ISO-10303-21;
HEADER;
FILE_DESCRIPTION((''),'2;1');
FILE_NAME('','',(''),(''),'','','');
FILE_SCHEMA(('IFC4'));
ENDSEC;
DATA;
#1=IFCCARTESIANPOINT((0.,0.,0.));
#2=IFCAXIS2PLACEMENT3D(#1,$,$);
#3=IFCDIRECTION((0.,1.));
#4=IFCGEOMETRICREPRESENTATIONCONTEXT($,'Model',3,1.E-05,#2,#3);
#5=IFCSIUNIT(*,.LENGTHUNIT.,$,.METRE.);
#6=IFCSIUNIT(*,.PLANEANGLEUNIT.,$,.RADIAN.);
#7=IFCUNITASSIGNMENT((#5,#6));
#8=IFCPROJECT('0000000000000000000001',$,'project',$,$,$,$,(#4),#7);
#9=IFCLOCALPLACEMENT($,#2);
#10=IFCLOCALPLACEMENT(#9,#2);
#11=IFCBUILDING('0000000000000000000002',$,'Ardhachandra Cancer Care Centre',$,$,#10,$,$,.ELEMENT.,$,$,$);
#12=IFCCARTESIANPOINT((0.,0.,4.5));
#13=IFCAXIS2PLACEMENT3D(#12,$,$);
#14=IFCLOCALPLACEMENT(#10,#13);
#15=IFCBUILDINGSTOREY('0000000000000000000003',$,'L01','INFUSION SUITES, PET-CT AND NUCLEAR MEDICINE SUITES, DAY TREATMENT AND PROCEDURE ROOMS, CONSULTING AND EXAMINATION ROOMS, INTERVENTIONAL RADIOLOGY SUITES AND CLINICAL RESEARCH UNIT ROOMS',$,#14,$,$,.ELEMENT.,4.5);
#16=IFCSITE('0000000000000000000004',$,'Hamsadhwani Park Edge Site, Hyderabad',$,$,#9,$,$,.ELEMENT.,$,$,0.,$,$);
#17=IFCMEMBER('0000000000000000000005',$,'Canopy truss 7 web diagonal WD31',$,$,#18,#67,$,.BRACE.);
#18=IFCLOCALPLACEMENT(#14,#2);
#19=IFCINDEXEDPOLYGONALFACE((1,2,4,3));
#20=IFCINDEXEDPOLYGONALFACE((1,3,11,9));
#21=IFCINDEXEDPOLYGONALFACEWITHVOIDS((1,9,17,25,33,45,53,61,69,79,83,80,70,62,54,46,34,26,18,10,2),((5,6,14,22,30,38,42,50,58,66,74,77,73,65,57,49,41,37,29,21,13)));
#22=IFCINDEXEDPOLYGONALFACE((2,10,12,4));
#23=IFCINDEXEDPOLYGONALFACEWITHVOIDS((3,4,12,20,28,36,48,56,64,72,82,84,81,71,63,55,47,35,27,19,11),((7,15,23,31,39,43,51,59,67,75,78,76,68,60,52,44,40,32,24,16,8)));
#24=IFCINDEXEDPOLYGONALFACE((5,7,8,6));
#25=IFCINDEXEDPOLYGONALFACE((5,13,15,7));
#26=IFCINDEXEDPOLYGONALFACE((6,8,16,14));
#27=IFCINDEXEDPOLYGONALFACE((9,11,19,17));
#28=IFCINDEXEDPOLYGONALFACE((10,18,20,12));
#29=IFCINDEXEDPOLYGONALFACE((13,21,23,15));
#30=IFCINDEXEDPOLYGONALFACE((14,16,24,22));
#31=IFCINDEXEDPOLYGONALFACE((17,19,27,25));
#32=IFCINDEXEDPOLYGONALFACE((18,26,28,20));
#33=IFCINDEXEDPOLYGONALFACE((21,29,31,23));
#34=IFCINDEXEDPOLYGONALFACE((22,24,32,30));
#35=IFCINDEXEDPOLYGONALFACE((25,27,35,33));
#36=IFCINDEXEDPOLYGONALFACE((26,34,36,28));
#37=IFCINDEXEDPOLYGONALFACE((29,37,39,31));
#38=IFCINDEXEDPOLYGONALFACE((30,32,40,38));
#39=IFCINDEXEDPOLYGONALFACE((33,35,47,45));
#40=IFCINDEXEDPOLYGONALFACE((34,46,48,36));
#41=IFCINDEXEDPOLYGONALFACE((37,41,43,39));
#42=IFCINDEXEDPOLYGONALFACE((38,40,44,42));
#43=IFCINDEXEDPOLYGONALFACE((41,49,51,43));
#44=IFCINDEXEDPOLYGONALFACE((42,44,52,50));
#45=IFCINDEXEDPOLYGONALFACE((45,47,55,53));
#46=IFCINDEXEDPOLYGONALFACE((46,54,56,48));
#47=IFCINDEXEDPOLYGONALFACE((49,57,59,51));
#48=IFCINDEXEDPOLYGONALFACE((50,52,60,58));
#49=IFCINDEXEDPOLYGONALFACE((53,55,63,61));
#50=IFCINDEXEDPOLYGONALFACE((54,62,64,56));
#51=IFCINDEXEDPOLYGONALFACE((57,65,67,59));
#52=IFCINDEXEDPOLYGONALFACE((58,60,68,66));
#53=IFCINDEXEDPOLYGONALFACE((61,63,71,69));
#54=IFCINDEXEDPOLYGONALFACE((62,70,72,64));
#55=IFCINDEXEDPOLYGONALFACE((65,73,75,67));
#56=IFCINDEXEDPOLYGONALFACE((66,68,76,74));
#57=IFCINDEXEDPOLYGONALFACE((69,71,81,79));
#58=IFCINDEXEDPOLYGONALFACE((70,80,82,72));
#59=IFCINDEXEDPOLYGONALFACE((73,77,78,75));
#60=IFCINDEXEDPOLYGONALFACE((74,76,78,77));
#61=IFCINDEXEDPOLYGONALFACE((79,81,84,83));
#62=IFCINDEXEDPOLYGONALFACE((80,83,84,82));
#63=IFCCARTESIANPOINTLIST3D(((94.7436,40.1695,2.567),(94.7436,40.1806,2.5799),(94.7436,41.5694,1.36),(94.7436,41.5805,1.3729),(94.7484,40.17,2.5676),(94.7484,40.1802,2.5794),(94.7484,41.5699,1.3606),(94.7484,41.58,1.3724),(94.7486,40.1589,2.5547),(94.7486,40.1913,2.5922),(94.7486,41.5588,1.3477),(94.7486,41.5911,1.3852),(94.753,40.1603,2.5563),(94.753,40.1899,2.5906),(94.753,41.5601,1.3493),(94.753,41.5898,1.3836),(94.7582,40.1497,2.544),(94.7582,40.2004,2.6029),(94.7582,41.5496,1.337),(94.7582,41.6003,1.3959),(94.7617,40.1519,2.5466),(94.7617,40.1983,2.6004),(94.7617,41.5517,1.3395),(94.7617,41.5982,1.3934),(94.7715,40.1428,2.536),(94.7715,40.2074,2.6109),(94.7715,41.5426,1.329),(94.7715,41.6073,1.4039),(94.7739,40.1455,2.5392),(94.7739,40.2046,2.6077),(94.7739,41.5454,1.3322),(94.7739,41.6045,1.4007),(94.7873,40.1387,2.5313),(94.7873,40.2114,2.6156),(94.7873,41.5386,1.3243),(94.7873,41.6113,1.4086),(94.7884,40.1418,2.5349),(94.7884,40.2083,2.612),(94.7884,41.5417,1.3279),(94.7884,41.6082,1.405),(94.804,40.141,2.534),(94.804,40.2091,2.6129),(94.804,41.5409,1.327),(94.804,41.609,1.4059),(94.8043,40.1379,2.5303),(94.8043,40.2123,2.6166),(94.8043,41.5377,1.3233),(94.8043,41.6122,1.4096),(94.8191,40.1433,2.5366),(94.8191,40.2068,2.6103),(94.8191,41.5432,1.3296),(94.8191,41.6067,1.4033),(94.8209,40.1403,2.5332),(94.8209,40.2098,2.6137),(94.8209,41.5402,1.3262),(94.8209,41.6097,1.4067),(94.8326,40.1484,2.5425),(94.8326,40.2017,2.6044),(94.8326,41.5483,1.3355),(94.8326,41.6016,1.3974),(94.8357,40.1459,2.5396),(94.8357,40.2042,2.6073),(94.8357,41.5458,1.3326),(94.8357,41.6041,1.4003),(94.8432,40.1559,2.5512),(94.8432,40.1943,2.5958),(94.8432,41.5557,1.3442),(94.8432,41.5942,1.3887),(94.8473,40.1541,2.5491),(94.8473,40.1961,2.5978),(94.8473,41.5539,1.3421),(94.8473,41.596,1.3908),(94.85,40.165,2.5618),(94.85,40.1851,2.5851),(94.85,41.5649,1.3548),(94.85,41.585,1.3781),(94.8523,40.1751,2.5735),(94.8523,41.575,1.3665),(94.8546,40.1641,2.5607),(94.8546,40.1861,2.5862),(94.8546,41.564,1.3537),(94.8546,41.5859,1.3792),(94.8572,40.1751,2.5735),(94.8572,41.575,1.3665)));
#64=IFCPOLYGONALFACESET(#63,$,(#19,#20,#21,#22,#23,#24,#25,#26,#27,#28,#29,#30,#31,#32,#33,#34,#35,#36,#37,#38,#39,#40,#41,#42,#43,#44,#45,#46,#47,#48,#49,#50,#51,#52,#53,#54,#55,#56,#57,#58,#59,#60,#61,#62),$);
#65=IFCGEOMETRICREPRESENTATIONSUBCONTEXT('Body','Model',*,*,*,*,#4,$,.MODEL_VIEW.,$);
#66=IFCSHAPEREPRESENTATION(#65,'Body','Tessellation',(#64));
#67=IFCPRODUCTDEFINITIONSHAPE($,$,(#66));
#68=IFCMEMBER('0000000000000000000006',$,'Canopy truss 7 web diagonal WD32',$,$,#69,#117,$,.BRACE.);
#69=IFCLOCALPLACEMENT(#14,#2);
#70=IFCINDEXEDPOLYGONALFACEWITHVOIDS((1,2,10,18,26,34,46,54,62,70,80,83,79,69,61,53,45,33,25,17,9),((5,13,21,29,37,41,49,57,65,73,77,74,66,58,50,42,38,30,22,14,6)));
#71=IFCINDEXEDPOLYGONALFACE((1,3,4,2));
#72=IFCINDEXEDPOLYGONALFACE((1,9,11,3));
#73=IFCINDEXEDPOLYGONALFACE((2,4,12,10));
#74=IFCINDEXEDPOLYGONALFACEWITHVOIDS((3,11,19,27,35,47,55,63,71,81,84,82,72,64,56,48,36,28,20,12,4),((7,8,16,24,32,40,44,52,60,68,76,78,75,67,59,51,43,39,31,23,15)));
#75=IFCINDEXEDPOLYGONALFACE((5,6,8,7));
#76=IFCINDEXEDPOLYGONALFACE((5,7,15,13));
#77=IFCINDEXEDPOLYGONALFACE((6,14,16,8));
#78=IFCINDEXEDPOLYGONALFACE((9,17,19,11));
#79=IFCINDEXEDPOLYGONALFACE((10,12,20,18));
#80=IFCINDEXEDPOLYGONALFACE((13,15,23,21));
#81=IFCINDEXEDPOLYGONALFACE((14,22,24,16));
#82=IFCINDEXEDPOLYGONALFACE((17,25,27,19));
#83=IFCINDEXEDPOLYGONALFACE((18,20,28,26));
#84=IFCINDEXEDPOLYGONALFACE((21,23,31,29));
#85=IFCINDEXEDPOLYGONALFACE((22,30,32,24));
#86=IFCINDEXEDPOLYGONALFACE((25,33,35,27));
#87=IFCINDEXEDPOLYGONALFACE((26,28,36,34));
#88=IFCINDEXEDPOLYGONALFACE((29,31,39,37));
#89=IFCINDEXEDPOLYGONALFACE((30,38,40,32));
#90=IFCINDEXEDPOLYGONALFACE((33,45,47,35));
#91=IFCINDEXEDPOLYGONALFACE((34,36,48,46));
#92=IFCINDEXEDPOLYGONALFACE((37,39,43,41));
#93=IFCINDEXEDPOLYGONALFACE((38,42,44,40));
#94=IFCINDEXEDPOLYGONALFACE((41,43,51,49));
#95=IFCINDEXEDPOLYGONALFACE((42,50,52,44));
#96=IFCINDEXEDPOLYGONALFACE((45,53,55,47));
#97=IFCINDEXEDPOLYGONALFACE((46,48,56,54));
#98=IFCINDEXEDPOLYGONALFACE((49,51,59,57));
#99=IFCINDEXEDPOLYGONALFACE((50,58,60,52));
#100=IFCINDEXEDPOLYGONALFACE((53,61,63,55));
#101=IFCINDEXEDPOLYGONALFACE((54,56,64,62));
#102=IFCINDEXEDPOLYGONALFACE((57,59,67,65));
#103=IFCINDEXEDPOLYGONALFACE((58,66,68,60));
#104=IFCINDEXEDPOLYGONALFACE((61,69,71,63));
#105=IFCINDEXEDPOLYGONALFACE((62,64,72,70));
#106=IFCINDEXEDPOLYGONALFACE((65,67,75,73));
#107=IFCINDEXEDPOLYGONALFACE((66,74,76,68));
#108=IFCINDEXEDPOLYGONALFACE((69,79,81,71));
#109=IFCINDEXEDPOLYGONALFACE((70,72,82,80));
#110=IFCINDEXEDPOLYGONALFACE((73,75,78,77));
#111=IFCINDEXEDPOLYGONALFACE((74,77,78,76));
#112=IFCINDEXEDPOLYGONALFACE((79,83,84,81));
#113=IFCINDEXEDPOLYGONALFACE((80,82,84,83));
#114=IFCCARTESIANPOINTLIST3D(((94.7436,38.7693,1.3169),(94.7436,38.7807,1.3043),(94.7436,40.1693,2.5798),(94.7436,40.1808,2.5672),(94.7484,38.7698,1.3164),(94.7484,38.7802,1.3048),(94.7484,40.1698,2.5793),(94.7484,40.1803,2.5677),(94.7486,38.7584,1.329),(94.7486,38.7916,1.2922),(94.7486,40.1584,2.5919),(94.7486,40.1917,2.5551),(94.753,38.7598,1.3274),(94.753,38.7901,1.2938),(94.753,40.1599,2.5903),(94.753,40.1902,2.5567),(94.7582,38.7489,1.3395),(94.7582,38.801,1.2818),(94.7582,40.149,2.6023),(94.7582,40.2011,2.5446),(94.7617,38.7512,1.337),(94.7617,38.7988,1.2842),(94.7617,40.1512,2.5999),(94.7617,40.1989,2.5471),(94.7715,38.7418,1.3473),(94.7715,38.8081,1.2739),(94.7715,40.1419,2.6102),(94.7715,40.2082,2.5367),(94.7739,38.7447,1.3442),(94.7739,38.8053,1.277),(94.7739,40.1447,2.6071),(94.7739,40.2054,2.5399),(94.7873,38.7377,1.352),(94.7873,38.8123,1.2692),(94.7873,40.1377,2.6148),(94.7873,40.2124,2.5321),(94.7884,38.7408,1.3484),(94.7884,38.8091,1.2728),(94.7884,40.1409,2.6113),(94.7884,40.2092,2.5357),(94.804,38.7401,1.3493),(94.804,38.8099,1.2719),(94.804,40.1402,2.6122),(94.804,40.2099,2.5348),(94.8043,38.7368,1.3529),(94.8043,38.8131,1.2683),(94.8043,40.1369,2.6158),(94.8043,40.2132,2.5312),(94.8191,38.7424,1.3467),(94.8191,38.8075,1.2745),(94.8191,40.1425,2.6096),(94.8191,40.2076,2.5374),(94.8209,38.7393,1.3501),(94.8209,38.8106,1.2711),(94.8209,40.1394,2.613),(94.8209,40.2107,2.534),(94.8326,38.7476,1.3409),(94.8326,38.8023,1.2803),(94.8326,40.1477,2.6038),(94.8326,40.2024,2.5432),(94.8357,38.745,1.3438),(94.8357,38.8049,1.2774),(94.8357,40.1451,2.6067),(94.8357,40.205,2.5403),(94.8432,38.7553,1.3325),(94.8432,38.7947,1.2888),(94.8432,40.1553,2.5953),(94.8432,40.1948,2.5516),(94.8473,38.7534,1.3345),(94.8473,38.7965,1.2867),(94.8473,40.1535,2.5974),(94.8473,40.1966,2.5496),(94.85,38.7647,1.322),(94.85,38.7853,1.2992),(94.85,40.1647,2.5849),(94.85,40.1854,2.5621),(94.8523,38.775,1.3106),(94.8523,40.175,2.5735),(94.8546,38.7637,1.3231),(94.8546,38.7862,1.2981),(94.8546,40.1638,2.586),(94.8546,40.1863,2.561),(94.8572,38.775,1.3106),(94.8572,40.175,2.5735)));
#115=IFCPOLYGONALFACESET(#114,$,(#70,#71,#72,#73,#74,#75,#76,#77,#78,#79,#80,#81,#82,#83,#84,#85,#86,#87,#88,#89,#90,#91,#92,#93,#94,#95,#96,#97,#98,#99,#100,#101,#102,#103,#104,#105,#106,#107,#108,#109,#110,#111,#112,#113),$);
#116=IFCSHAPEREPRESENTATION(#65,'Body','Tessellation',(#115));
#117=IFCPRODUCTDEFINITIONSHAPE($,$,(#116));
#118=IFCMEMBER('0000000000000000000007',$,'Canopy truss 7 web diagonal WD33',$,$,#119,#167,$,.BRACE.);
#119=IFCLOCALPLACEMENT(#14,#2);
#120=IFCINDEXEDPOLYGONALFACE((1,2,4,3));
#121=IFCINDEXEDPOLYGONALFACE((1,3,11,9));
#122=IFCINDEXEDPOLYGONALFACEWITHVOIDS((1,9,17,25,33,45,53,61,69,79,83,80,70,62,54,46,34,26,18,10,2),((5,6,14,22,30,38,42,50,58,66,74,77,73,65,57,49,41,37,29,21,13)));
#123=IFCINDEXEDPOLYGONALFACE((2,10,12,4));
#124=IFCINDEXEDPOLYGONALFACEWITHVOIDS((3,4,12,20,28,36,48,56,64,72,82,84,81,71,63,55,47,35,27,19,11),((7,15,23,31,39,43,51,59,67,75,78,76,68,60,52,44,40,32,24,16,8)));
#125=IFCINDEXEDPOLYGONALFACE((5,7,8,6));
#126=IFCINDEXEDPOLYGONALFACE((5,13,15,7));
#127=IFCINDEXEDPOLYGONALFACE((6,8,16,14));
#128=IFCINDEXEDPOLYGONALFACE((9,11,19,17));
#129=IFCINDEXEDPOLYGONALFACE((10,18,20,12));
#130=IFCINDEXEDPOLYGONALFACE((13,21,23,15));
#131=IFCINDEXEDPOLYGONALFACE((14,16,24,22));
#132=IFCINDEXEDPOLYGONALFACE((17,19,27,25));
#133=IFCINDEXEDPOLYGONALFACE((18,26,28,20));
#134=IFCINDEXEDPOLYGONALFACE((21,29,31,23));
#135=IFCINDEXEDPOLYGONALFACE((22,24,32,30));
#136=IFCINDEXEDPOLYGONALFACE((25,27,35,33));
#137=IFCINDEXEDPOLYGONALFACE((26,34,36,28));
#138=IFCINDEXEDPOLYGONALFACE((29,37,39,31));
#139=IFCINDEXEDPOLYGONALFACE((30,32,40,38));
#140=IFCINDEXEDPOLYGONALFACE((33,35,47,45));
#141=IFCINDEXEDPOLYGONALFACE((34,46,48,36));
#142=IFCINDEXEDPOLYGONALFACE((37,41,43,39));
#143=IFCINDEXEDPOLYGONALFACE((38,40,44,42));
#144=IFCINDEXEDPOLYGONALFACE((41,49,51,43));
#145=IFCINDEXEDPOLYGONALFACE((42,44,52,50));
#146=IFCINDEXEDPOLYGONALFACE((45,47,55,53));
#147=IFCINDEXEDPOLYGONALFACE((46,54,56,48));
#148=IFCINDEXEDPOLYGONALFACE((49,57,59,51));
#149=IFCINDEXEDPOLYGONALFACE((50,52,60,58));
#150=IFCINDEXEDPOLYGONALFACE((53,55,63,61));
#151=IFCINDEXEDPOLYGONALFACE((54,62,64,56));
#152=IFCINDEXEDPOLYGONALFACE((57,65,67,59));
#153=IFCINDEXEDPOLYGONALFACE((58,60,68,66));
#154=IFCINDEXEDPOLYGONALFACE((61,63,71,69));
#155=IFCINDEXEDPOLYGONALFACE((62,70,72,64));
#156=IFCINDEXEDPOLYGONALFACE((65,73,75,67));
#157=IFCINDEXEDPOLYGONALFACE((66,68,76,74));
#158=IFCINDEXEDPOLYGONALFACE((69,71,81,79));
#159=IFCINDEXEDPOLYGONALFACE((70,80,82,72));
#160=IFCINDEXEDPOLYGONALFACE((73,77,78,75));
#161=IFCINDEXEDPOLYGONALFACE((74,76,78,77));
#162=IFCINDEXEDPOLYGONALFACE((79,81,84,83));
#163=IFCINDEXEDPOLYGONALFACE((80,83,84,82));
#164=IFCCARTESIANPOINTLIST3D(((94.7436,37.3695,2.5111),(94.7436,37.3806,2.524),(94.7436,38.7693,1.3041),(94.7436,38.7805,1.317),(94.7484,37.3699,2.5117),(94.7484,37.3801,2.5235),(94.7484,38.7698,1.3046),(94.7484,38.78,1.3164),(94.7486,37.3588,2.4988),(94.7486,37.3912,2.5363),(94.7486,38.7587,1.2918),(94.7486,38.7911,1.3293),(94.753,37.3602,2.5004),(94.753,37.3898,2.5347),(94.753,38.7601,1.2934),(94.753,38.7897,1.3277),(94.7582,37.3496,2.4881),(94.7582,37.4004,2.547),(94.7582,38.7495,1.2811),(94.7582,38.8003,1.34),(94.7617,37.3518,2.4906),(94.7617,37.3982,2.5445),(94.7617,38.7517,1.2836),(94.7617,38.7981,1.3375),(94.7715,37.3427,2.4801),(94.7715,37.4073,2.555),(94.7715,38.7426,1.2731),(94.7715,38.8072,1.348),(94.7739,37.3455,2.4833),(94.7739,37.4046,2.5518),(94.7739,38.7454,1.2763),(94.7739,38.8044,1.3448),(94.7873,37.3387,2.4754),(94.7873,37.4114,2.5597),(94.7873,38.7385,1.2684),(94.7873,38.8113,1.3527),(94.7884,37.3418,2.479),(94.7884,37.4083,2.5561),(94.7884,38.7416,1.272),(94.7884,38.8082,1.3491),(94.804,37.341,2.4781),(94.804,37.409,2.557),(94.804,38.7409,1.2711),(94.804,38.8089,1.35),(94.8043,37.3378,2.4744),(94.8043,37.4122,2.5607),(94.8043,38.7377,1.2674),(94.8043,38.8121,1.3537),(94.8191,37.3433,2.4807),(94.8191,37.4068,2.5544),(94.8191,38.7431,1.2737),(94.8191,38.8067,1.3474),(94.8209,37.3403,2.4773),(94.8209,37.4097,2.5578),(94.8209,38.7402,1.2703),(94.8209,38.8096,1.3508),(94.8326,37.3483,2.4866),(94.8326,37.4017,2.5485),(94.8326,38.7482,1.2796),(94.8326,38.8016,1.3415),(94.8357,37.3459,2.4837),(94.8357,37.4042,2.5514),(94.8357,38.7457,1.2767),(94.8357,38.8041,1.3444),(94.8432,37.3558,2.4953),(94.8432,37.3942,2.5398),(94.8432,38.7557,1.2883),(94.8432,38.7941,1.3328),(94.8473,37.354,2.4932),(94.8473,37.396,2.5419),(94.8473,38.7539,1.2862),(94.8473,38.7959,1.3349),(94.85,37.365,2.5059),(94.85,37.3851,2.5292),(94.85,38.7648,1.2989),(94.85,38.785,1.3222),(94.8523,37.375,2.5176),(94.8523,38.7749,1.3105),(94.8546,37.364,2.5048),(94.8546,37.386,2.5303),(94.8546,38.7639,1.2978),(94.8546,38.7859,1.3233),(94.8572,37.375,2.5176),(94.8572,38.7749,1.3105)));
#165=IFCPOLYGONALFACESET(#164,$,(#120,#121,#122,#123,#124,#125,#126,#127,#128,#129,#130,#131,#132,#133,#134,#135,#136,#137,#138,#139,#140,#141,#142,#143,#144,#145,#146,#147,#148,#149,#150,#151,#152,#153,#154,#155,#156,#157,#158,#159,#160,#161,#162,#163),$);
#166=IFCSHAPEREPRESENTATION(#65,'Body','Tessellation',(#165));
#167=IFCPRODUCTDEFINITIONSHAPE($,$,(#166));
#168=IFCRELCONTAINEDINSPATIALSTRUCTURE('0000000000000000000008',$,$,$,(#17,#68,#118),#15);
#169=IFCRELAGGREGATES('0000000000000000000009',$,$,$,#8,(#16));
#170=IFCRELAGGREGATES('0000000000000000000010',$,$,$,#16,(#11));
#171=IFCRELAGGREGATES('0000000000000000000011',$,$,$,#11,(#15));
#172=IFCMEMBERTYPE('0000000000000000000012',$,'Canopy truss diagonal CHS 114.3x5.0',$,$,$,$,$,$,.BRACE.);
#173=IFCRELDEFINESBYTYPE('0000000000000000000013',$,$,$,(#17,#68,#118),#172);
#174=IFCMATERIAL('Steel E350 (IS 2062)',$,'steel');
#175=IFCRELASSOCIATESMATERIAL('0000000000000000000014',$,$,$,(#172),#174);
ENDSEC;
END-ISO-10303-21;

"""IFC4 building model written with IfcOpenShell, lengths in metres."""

from ifc_helpers import new_model, si_unit, direction, frame, origin, origin_2d, place, context, subcontext, project, spatial, hollow_circle, extrude, material, material_profile, profile_set, type_object, element, save


model = new_model("IFC4")

# Units and contexts
model_context = context("Model", 3, precision=1e-05, world=origin(), true_north=direction((0.0, 1.0)))
body_context = subcontext(model_context, "Body", "Model", "MODEL_VIEW")
ifc_project = project(units=[si_unit("LENGTHUNIT", "METRE"), si_unit("PLANEANGLEUNIT", "RADIAN")], contexts=[model_context])

# Site, building, storey
site_placement = place(None, origin())
site = spatial("IfcSite", under=ifc_project, at=site_placement, Name="Hamsadhwani Park Edge Site, Hyderabad", CompositionType="ELEMENT", RefElevation=0.0)
building_placement = place(site_placement, origin())
building = spatial("IfcBuilding", under=site, at=building_placement, Name="Ardhachandra Cancer Care Centre", CompositionType="ELEMENT")
storey_placement = place(building_placement, frame((0.0, 0.0, 4.5)))
storey = spatial("IfcBuildingStorey", under=building, at=storey_placement, Name="L01", Description="INFUSION SUITES, PET-CT AND NUCLEAR MEDICINE SUITES, DAY TREATMENT AND PROCEDURE ROOMS, CONSULTING AND EXAMINATION ROOMS, INTERVENTIONAL RADIOLOGY SUITES AND CLINICAL RESEARCH UNIT ROOMS", CompositionType="ELEMENT", Elevation=4.5)

# Members
ifc_material_1 = material(Name="Steel E350 (IS 2062)", Category="steel")
ifc_material_profile_1 = material_profile(ifc_material_1, hollow_circle(Radius=0.0571, WallThickness=0.0049, at=origin_2d()), Name="CHS 114.3x5.0")
ifc_profile_set_1 = profile_set([ifc_material_profile_1], Name="Steel E350 (IS 2062)")
member_type_1 = type_object("IfcMemberType", Name="Canopy truss diagonal CHS 114.3x5.0", PredefinedType="BRACE", material=ifc_profile_set_1)
member_1_placement = place(storey_placement, frame((94.8, 41.575, 1.3665), z_axis=(0.0, -0.757351, 0.653008), x_axis=(1.0, 0.0, 0.0)))
element("IfcMember", 1, at=member_1_placement, inside=storey, type_object=member_type_1, Name="Canopy truss 7 web diagonal WD31", PredefinedType="BRACE", context=body_context, shape_type="SweptSolid", body=[
    extrude(hollow_circle(Radius=0.0571, WallThickness=0.0049, at=origin_2d()), origin(), (0.0, 0.0, 1.0), 1.8484),
])
member_2_placement = place(storey_placement, frame((94.8, 40.175, 2.5735), z_axis=(0.0, -0.742553, -0.669787), x_axis=(1.0, 0.0, 0.0)))
element("IfcMember", 2, at=member_2_placement, inside=storey, type_object=member_type_1, Name="Canopy truss 7 web diagonal WD32", PredefinedType="BRACE", context=body_context, shape_type="SweptSolid", body=[
    extrude(hollow_circle(Radius=0.0571, WallThickness=0.0049, at=origin_2d()), origin(), (0.0, 0.0, 1.0), 1.8855),
])
member_3_placement = place(storey_placement, frame((94.8, 38.7749, 1.3105), z_axis=(0.0, -0.757351, 0.653008), x_axis=(1.0, 0.0, 0.0)))
element("IfcMember", 3, at=member_3_placement, inside=storey, type_object=member_type_1, Name="Canopy truss 7 web diagonal WD33", PredefinedType="BRACE", context=body_context, shape_type="SweptSolid", body=[
    extrude(hollow_circle(Radius=0.0571, WallThickness=0.0049, at=origin_2d()), origin(), (0.0, 0.0, 1.0), 1.8484),
])

save(model, "model.ifc")
